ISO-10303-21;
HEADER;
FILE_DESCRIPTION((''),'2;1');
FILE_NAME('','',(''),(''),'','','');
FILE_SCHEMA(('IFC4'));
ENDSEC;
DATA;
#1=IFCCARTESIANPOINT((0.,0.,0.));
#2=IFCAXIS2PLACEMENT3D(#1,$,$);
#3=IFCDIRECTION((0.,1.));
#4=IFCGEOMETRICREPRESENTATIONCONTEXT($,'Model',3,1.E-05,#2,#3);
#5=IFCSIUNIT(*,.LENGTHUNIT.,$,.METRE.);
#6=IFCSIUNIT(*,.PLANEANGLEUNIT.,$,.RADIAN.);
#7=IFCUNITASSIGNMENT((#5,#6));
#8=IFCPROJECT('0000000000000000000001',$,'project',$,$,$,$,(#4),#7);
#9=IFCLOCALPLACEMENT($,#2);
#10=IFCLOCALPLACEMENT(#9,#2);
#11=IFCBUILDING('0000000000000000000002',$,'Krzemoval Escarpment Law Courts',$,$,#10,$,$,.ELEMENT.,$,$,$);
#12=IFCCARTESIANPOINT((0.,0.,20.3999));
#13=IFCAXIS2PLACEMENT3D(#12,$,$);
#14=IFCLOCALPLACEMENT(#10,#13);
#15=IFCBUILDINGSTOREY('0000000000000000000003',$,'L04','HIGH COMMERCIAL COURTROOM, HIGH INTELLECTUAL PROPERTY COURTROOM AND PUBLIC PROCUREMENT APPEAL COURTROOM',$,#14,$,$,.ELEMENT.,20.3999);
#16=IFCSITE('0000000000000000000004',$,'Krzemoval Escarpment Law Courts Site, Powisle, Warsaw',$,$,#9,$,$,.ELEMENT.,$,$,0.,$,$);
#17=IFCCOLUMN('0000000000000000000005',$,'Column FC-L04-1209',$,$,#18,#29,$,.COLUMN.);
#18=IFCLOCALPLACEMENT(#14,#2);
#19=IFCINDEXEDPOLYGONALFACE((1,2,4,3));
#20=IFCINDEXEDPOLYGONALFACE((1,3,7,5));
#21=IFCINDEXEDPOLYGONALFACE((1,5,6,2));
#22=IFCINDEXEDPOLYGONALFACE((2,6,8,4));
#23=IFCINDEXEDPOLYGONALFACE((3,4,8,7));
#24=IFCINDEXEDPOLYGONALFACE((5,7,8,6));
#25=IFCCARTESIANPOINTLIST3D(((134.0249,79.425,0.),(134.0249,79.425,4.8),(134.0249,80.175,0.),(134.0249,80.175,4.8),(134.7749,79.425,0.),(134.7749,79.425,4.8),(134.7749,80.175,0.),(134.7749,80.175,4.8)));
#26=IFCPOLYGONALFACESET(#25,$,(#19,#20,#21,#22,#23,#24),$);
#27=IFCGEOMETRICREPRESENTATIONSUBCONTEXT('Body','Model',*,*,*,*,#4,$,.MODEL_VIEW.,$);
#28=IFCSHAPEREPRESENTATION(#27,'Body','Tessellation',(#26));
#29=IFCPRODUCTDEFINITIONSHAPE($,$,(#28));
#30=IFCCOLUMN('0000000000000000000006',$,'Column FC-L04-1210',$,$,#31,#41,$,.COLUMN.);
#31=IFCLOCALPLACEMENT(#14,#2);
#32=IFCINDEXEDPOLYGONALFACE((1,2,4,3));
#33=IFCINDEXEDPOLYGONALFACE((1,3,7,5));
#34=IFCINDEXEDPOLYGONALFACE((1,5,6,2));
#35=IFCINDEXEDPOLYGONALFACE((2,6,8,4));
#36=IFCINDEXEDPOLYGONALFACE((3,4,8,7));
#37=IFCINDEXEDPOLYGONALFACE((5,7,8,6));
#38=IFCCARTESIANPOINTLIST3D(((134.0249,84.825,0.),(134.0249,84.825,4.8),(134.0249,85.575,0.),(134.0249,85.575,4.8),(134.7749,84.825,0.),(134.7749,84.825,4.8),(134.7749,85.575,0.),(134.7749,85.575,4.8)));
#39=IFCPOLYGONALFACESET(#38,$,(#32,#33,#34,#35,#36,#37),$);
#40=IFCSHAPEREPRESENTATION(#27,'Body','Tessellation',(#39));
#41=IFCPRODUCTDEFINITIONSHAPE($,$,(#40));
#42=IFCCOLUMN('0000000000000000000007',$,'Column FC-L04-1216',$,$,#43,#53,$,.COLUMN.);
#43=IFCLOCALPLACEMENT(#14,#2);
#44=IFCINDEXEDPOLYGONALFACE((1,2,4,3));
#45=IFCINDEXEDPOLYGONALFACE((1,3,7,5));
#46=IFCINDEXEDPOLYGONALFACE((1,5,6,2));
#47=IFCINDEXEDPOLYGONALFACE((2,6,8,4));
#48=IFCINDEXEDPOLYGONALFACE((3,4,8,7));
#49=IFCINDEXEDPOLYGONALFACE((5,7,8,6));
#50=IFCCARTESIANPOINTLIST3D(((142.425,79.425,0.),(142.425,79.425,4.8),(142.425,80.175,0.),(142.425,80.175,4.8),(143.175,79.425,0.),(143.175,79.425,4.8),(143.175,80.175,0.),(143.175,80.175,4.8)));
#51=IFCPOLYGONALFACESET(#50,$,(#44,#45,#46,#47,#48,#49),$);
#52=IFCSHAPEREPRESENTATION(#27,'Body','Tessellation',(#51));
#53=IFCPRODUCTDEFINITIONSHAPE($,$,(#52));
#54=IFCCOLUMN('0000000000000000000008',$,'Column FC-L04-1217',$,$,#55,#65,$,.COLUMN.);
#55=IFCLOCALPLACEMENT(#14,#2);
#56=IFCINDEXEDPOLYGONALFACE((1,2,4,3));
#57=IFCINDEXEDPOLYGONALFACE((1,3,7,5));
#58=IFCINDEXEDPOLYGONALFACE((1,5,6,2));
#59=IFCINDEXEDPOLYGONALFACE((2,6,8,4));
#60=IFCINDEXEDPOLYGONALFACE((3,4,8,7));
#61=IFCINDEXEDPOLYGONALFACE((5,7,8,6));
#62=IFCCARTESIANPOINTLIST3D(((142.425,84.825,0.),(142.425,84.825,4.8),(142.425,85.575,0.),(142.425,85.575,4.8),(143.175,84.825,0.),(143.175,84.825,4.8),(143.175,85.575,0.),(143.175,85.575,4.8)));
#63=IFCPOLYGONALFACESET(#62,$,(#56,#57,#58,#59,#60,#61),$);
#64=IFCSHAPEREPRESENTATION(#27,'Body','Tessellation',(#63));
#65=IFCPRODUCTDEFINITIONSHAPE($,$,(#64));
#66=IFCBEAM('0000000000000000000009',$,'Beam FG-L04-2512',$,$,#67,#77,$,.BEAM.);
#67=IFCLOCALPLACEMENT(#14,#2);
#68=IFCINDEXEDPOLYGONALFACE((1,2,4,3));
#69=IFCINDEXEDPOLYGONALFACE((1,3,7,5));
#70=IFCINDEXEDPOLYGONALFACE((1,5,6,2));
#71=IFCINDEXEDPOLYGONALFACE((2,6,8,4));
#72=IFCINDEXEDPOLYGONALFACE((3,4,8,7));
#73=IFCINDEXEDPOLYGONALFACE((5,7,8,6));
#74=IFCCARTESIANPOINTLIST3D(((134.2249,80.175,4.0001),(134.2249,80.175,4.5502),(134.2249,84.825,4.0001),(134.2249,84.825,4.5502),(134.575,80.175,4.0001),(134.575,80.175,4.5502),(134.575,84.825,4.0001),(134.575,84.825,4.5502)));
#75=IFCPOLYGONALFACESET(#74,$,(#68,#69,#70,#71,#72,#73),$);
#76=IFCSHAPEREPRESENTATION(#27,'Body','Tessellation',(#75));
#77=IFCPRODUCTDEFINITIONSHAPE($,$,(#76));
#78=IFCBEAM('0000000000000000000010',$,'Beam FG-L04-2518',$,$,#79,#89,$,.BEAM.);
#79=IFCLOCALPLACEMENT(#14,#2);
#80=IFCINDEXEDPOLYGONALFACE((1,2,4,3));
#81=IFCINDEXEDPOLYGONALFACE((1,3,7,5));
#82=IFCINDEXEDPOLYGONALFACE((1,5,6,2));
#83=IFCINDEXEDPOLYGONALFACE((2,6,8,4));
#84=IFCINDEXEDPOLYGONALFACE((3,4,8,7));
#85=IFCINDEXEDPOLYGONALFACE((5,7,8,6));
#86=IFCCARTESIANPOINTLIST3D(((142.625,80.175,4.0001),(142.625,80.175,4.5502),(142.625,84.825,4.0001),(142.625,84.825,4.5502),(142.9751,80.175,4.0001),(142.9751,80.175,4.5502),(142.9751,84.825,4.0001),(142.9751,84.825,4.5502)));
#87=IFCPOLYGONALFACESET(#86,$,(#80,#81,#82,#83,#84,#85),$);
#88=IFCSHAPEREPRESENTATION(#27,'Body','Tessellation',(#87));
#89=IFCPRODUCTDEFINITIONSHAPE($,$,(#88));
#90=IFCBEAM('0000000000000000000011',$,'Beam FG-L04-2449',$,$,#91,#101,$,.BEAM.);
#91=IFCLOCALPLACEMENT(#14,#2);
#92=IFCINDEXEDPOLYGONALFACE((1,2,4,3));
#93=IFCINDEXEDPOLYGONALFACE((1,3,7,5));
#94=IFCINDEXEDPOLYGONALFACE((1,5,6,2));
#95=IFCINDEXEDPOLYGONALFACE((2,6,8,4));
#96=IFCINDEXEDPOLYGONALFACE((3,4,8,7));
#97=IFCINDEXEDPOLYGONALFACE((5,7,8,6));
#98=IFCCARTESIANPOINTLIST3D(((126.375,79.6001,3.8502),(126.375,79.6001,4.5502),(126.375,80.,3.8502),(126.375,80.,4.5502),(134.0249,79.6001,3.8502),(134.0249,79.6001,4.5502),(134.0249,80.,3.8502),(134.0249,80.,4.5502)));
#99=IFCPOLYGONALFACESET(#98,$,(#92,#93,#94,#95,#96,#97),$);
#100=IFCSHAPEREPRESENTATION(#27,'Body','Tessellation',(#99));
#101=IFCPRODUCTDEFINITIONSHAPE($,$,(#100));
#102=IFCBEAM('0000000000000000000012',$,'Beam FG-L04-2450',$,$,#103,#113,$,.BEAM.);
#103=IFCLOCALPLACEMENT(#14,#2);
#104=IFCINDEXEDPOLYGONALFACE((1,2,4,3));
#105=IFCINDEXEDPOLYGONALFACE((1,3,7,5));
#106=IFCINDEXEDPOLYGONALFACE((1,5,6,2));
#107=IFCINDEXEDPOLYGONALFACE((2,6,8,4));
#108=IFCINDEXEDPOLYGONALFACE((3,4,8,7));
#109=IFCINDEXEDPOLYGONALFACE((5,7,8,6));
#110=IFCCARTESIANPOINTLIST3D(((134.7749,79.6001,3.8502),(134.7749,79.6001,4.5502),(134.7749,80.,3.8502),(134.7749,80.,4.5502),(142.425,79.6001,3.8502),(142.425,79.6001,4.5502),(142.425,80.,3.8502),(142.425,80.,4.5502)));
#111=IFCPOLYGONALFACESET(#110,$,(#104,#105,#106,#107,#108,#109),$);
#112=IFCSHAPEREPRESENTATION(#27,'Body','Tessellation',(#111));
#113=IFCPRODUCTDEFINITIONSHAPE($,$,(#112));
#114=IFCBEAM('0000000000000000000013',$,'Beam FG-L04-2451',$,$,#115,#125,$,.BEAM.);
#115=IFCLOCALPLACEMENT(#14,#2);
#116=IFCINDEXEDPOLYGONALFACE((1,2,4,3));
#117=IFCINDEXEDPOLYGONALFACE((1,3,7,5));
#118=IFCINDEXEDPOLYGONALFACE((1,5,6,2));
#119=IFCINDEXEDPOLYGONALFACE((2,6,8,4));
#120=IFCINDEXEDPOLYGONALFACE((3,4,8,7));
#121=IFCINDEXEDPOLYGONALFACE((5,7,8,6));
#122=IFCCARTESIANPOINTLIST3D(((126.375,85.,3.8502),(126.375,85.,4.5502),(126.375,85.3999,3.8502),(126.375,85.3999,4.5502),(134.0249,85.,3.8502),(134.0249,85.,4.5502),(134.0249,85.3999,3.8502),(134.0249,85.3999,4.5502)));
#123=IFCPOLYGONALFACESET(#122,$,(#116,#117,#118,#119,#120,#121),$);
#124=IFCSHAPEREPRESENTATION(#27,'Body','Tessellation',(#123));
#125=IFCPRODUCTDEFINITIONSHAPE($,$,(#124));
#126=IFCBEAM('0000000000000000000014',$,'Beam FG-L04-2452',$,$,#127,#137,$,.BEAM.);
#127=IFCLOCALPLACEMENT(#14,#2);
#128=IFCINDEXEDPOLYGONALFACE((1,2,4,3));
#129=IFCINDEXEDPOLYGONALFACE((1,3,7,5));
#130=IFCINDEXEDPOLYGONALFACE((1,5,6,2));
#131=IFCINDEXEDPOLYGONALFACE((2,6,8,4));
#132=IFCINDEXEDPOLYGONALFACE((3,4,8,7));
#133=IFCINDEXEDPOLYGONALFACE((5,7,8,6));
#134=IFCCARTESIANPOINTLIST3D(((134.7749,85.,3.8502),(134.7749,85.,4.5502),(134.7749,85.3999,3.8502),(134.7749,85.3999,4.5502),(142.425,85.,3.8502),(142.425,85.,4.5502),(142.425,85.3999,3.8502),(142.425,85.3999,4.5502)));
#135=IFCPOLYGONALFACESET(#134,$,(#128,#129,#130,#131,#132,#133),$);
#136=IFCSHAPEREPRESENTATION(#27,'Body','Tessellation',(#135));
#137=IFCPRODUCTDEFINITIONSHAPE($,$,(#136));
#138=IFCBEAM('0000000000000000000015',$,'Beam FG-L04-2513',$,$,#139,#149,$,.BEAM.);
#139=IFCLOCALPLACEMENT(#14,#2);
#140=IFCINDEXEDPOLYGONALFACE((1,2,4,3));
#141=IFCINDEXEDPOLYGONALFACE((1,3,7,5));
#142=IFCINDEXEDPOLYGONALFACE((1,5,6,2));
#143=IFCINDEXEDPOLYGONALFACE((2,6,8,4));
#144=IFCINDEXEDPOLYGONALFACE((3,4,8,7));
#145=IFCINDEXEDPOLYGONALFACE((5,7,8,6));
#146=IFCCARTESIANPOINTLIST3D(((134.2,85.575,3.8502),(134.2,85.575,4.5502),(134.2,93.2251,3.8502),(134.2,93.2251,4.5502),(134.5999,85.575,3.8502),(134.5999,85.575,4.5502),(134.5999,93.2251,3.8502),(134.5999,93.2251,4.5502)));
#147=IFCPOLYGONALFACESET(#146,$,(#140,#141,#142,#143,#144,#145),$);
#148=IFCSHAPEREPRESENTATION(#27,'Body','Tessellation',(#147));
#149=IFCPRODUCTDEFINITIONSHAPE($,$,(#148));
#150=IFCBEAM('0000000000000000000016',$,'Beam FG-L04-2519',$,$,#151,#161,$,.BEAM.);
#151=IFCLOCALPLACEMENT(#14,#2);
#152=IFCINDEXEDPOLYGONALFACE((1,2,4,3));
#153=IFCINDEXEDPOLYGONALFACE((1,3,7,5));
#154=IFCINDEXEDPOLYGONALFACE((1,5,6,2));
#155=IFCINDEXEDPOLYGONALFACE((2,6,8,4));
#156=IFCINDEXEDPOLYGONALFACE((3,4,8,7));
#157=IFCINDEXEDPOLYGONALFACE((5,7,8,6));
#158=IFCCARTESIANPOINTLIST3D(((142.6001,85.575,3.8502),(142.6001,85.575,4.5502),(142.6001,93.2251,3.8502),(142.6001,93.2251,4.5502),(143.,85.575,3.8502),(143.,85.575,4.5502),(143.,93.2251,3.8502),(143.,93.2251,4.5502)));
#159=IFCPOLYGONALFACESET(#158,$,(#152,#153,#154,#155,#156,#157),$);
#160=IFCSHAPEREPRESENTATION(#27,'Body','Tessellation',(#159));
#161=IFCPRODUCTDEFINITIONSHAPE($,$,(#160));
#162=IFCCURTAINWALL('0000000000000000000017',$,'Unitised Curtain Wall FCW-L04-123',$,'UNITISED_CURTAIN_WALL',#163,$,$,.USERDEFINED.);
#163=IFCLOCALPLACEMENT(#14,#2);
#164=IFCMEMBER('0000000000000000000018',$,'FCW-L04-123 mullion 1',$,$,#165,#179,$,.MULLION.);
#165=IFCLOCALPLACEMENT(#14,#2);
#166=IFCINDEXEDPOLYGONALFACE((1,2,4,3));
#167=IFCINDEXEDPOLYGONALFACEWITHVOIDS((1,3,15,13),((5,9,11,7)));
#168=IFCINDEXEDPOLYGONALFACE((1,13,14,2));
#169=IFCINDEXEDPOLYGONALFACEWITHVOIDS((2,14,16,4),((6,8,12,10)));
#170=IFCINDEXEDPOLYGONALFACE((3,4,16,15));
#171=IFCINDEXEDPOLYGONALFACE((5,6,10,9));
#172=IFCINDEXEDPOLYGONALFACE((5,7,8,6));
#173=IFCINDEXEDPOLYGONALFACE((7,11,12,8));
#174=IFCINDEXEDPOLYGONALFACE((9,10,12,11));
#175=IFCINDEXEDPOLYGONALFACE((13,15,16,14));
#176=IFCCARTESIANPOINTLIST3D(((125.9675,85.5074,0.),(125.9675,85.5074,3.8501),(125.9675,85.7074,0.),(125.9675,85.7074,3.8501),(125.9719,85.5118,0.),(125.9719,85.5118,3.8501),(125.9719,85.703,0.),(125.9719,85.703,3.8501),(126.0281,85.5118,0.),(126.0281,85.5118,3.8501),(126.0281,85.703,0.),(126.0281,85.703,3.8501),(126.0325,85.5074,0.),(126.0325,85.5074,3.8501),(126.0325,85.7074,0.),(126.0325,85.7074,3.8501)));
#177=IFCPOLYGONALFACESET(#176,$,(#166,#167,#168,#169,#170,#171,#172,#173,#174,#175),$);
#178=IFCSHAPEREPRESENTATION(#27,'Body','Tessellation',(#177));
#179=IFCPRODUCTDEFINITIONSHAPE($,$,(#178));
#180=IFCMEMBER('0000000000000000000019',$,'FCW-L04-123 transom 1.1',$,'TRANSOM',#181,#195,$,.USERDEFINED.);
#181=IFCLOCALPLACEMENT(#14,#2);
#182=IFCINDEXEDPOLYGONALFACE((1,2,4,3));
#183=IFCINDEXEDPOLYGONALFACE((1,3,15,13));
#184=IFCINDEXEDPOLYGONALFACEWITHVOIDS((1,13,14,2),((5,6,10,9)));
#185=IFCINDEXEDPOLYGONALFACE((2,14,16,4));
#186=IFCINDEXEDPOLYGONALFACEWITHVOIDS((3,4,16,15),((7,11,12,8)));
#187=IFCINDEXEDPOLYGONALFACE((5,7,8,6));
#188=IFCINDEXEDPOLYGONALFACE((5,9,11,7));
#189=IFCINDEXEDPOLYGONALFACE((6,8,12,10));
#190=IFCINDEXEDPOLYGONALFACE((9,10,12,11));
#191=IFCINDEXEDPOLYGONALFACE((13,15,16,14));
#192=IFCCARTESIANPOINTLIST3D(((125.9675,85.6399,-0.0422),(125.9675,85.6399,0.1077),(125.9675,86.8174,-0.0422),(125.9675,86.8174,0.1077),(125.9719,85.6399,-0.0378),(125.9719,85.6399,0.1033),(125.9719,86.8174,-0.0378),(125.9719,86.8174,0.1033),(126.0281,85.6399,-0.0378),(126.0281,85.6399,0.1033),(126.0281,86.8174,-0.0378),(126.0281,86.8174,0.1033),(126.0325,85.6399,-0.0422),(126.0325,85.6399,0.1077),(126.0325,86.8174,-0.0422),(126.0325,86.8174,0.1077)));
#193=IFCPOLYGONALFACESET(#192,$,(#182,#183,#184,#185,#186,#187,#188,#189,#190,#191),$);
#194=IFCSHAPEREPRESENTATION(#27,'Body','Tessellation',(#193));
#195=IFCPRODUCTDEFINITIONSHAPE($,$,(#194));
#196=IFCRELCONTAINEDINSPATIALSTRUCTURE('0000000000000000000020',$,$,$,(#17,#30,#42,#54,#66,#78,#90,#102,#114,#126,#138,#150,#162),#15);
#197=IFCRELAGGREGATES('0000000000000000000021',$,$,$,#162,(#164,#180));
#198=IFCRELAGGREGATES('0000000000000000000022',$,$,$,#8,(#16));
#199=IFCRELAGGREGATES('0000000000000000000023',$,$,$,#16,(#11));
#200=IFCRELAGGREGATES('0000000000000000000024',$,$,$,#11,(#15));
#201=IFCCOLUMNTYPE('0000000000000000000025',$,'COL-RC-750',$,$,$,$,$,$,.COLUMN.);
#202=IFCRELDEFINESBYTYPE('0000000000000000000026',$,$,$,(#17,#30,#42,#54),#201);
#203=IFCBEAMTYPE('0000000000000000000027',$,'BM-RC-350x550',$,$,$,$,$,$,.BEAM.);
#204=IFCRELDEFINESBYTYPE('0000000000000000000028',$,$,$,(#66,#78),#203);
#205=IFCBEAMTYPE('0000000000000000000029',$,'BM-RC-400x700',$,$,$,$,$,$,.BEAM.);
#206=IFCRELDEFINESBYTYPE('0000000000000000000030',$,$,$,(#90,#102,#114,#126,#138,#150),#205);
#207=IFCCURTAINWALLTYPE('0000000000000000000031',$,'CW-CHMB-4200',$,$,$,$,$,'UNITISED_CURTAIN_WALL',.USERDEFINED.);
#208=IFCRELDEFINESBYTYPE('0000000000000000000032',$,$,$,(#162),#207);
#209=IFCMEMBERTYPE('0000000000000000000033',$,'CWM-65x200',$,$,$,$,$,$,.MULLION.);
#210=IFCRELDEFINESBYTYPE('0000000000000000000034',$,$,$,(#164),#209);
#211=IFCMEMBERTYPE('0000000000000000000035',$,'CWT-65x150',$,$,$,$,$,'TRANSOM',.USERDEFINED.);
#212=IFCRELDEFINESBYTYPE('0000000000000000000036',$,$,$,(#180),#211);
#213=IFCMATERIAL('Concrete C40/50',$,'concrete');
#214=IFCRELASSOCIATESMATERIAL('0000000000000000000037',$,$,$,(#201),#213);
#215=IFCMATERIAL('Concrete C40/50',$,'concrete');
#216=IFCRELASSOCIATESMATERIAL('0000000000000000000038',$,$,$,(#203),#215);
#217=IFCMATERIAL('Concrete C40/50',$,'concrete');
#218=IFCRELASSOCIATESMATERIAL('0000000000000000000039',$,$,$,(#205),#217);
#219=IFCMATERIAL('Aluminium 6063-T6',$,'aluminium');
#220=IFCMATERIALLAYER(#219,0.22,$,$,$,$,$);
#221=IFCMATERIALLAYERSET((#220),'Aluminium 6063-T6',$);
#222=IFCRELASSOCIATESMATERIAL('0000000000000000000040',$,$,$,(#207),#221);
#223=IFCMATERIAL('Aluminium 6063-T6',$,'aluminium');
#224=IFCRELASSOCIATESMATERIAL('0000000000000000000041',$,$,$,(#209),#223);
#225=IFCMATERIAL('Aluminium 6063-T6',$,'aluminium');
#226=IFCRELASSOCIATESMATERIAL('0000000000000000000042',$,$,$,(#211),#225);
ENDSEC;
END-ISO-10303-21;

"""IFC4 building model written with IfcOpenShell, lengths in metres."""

from ifc_helpers import new_model, si_unit, direction, frame, origin, origin_2d, place, context, subcontext, project, spatial, rectangle, hollow_rectangle, extrude, material, layer, layer_set, material_profile, profile_set, type_object, element, aggregate, save


model = new_model("IFC4")

# Units and contexts
model_context = context("Model", 3, precision=1e-05, world=origin(), true_north=direction((0.0, 1.0)))
body_context = subcontext(model_context, "Body", "Model", "MODEL_VIEW")
ifc_project = project(units=[si_unit("LENGTHUNIT", "METRE"), si_unit("PLANEANGLEUNIT", "RADIAN")], contexts=[model_context])

# Site, building, storey
site_placement = place(None, origin())
site = spatial("IfcSite", under=ifc_project, at=site_placement, Name="Krzemoval Escarpment Law Courts Site, Powisle, Warsaw", CompositionType="ELEMENT", RefElevation=0.0)
building_placement = place(site_placement, origin())
building = spatial("IfcBuilding", under=site, at=building_placement, Name="Krzemoval Escarpment Law Courts", CompositionType="ELEMENT")
storey_placement = place(building_placement, frame((0.0, 0.0, 20.3999)))
storey = spatial("IfcBuildingStorey", under=building, at=storey_placement, Name="L04", Description="HIGH COMMERCIAL COURTROOM, HIGH INTELLECTUAL PROPERTY COURTROOM AND PUBLIC PROCUREMENT APPEAL COURTROOM", CompositionType="ELEMENT", Elevation=20.3999)

# Columns
ifc_material_1 = material(Name="Concrete C40/50", Category="concrete")
ifc_material_profile_1 = material_profile(ifc_material_1, rectangle(XDim=0.75, YDim=0.75, at=origin_2d()), Name="RC 750x750")
ifc_profile_set_1 = profile_set([ifc_material_profile_1], Name="Concrete C40/50")
column_type = type_object("IfcColumnType", Name="COL-RC-750", PredefinedType="COLUMN", material=ifc_profile_set_1)
for number, where, z_axis, x_axis, name in (
    (1, (134.3999, 79.8, 0.0), (0.0, 0.0, 1.0), (1.0, 0.0, 0.0), "Column FC-L04-1209"),
    (2, (134.3999, 85.2, 0.0), (0.0, 0.0, 1.0), (1.0, 0.0, 0.0), "Column FC-L04-1210"),
    (3, (142.8, 79.8, 0.0), (0.0, 0.0, 1.0), (1.0, 0.0, 0.0), "Column FC-L04-1216"),
    (4, (142.8, 85.2, 0.0), (0.0, 0.0, 1.0), (1.0, 0.0, 0.0), "Column FC-L04-1217"),
):
    element("IfcColumn", number, at=place(storey_placement, frame(where, z_axis=z_axis, x_axis=x_axis)), inside=storey, type_object=column_type, Name=name, PredefinedType="COLUMN", context=body_context, shape_type="SweptSolid", body=[
        extrude(rectangle(XDim=0.75, YDim=0.75, at=origin_2d()), origin(), (0.0, 0.0, 1.0), 4.8),
    ])

# Beams
ifc_material_2 = material(Name="Concrete C40/50", Category="concrete")
ifc_material_profile_2 = material_profile(ifc_material_2, rectangle(XDim=0.3501, YDim=0.55, at=origin_2d()), Name="RCB 350x550")
ifc_profile_set_2 = profile_set([ifc_material_profile_2], Name="Concrete C40/50")
beam_type_1 = type_object("IfcBeamType", Name="BM-RC-350x550", PredefinedType="BEAM", material=ifc_profile_set_2)
for number, where, z_axis, x_axis, name in (
    (5, (134.3999, 80.175, 4.2751), (0.0, 1.0, 0.0), (-1.0, 0.0, 0.0), "Beam FG-L04-2512"),
    (6, (142.8, 80.175, 4.2751), (0.0, 1.0, 0.0), (-1.0, 0.0, 0.0), "Beam FG-L04-2518"),
):
    element("IfcBeam", number, at=place(storey_placement, frame(where, z_axis=z_axis, x_axis=x_axis)), inside=storey, type_object=beam_type_1, Name=name, PredefinedType="BEAM", context=body_context, shape_type="SweptSolid", body=[
        extrude(rectangle(XDim=0.3501, YDim=0.55, at=origin_2d()), origin(), (0.0, 0.0, 1.0), 4.6499),
    ])
ifc_material_3 = material(Name="Concrete C40/50", Category="concrete")
ifc_material_profile_3 = material_profile(ifc_material_3, rectangle(XDim=0.3999, YDim=0.7, at=origin_2d()), Name="RCB 400x700")
ifc_profile_set_3 = profile_set([ifc_material_profile_3], Name="Concrete C40/50")
beam_type_2 = type_object("IfcBeamType", Name="BM-RC-400x700", PredefinedType="BEAM", material=ifc_profile_set_3)
beam_1_placement = place(storey_placement, frame((126.375, 79.8, 4.2002), z_axis=(1.0, 0.0, 0.0), x_axis=(0.0, 1.0, 0.0)))
element("IfcBeam", 7, at=beam_1_placement, inside=storey, type_object=beam_type_2, Name="Beam FG-L04-2449", PredefinedType="BEAM", context=body_context, shape_type="SweptSolid", body=[
    extrude(rectangle(XDim=0.3999, YDim=0.7, at=origin_2d()), origin(), (0.0, 0.0, 1.0), 7.6499),
])
beam_2_placement = place(storey_placement, frame((134.7749, 79.8, 4.2002), z_axis=(1.0, 0.0, 0.0), x_axis=(0.0, 1.0, 0.0)))
element("IfcBeam", 8, at=beam_2_placement, inside=storey, type_object=beam_type_2, Name="Beam FG-L04-2450", PredefinedType="BEAM", context=body_context, shape_type="SweptSolid", body=[
    extrude(rectangle(XDim=0.3999, YDim=0.7, at=origin_2d()), origin(), (0.0, 0.0, 1.0), 7.6501),
])
beam_3_placement = place(storey_placement, frame((126.375, 85.2, 4.2002), z_axis=(1.0, 0.0, 0.0), x_axis=(0.0, 1.0, 0.0)))
element("IfcBeam", 9, at=beam_3_placement, inside=storey, type_object=beam_type_2, Name="Beam FG-L04-2451", PredefinedType="BEAM", context=body_context, shape_type="SweptSolid", body=[
    extrude(rectangle(XDim=0.3999, YDim=0.7, at=origin_2d()), origin(), (0.0, 0.0, 1.0), 7.6499),
])
for number, where, z_axis, x_axis, name in (
    (10, (134.7749, 85.2, 4.2002), (1.0, 0.0, 0.0), (0.0, 1.0, 0.0), "Beam FG-L04-2452"),
    (11, (134.3999, 85.575, 4.2002), (0.0, 1.0, 0.0), (-1.0, 0.0, 0.0), "Beam FG-L04-2513"),
    (12, (142.8, 85.575, 4.2002), (0.0, 1.0, 0.0), (-1.0, 0.0, 0.0), "Beam FG-L04-2519"),
):
    element("IfcBeam", number, at=place(storey_placement, frame(where, z_axis=z_axis, x_axis=x_axis)), inside=storey, type_object=beam_type_2, Name=name, PredefinedType="BEAM", context=body_context, shape_type="SweptSolid", body=[
        extrude(rectangle(XDim=0.3999, YDim=0.7, at=origin_2d()), origin(), (0.0, 0.0, 1.0), 7.6501),
    ])

# Curtain wall, members
ifc_material_4 = material(Name="Aluminium 6063-T6", Category="aluminium")
ifc_layer_1 = layer(ifc_material_4, 0.22)
ifc_layer_set_1 = layer_set([ifc_layer_1], Name="Aluminium 6063-T6")
curtain_wall_type = type_object("IfcCurtainWallType", Name="CW-CHMB-4200", ElementType="UNITISED_CURTAIN_WALL", PredefinedType="USERDEFINED", material=ifc_layer_set_1)
curtain_wall_placement = place(storey_placement, origin())
curtain_wall = element("IfcCurtainWall", 13, at=curtain_wall_placement, inside=storey, type_object=curtain_wall_type, Name="Unitised Curtain Wall FCW-L04-123", ObjectType="UNITISED_CURTAIN_WALL", PredefinedType="USERDEFINED")
ifc_material_5 = material(Name="Aluminium 6063-T6", Category="aluminium")
ifc_material_profile_4 = material_profile(ifc_material_5, hollow_rectangle(XDim=0.0649, YDim=0.2, WallThickness=0.0044, at=origin_2d()), Name="ALU M65x200")
ifc_profile_set_4 = profile_set([ifc_material_profile_4], Name="Aluminium 6063-T6")
member_type_1 = type_object("IfcMemberType", Name="CWM-65x200", PredefinedType="MULLION", material=ifc_profile_set_4)
member_1_placement = place(storey_placement, frame((126.0, 85.6074, 0.0), z_axis=(0.0, 0.0, 1.0), x_axis=(-1.0, 0.0, 0.0)))
member_1 = element("IfcMember", 14, at=member_1_placement, type_object=member_type_1, Name="FCW-L04-123 mullion 1", PredefinedType="MULLION", context=body_context, shape_type="SweptSolid", body=[
    extrude(hollow_rectangle(XDim=0.0649, YDim=0.2, WallThickness=0.0044, at=origin_2d()), origin(), (0.0, 0.0, 1.0), 3.8501),
])
ifc_material_6 = material(Name="Aluminium 6063-T6", Category="aluminium")
ifc_material_profile_5 = material_profile(ifc_material_6, hollow_rectangle(XDim=0.0649, YDim=0.1499, WallThickness=0.0044, at=origin_2d()), Name="ALU T65x150")
ifc_profile_set_5 = profile_set([ifc_material_profile_5], Name="Aluminium 6063-T6")
member_type_2 = type_object("IfcMemberType", Name="CWT-65x150", ElementType="TRANSOM", PredefinedType="USERDEFINED", material=ifc_profile_set_5)
member_2_placement = place(storey_placement, frame((126.0, 85.6399, 0.0327), z_axis=(0.0, 1.0, 0.0), x_axis=(-1.0, 0.0, 0.0)))
member_2 = element("IfcMember", 15, at=member_2_placement, type_object=member_type_2, Name="FCW-L04-123 transom 1.1", ObjectType="TRANSOM", PredefinedType="USERDEFINED", context=body_context, shape_type="SweptSolid", body=[
    extrude(hollow_rectangle(XDim=0.0649, YDim=0.1499, WallThickness=0.0044, at=origin_2d()), origin(), (0.0, 0.0, 1.0), 1.1775),
])
aggregate(curtain_wall, [member_1, member_2])

save(model, "model.ifc")
